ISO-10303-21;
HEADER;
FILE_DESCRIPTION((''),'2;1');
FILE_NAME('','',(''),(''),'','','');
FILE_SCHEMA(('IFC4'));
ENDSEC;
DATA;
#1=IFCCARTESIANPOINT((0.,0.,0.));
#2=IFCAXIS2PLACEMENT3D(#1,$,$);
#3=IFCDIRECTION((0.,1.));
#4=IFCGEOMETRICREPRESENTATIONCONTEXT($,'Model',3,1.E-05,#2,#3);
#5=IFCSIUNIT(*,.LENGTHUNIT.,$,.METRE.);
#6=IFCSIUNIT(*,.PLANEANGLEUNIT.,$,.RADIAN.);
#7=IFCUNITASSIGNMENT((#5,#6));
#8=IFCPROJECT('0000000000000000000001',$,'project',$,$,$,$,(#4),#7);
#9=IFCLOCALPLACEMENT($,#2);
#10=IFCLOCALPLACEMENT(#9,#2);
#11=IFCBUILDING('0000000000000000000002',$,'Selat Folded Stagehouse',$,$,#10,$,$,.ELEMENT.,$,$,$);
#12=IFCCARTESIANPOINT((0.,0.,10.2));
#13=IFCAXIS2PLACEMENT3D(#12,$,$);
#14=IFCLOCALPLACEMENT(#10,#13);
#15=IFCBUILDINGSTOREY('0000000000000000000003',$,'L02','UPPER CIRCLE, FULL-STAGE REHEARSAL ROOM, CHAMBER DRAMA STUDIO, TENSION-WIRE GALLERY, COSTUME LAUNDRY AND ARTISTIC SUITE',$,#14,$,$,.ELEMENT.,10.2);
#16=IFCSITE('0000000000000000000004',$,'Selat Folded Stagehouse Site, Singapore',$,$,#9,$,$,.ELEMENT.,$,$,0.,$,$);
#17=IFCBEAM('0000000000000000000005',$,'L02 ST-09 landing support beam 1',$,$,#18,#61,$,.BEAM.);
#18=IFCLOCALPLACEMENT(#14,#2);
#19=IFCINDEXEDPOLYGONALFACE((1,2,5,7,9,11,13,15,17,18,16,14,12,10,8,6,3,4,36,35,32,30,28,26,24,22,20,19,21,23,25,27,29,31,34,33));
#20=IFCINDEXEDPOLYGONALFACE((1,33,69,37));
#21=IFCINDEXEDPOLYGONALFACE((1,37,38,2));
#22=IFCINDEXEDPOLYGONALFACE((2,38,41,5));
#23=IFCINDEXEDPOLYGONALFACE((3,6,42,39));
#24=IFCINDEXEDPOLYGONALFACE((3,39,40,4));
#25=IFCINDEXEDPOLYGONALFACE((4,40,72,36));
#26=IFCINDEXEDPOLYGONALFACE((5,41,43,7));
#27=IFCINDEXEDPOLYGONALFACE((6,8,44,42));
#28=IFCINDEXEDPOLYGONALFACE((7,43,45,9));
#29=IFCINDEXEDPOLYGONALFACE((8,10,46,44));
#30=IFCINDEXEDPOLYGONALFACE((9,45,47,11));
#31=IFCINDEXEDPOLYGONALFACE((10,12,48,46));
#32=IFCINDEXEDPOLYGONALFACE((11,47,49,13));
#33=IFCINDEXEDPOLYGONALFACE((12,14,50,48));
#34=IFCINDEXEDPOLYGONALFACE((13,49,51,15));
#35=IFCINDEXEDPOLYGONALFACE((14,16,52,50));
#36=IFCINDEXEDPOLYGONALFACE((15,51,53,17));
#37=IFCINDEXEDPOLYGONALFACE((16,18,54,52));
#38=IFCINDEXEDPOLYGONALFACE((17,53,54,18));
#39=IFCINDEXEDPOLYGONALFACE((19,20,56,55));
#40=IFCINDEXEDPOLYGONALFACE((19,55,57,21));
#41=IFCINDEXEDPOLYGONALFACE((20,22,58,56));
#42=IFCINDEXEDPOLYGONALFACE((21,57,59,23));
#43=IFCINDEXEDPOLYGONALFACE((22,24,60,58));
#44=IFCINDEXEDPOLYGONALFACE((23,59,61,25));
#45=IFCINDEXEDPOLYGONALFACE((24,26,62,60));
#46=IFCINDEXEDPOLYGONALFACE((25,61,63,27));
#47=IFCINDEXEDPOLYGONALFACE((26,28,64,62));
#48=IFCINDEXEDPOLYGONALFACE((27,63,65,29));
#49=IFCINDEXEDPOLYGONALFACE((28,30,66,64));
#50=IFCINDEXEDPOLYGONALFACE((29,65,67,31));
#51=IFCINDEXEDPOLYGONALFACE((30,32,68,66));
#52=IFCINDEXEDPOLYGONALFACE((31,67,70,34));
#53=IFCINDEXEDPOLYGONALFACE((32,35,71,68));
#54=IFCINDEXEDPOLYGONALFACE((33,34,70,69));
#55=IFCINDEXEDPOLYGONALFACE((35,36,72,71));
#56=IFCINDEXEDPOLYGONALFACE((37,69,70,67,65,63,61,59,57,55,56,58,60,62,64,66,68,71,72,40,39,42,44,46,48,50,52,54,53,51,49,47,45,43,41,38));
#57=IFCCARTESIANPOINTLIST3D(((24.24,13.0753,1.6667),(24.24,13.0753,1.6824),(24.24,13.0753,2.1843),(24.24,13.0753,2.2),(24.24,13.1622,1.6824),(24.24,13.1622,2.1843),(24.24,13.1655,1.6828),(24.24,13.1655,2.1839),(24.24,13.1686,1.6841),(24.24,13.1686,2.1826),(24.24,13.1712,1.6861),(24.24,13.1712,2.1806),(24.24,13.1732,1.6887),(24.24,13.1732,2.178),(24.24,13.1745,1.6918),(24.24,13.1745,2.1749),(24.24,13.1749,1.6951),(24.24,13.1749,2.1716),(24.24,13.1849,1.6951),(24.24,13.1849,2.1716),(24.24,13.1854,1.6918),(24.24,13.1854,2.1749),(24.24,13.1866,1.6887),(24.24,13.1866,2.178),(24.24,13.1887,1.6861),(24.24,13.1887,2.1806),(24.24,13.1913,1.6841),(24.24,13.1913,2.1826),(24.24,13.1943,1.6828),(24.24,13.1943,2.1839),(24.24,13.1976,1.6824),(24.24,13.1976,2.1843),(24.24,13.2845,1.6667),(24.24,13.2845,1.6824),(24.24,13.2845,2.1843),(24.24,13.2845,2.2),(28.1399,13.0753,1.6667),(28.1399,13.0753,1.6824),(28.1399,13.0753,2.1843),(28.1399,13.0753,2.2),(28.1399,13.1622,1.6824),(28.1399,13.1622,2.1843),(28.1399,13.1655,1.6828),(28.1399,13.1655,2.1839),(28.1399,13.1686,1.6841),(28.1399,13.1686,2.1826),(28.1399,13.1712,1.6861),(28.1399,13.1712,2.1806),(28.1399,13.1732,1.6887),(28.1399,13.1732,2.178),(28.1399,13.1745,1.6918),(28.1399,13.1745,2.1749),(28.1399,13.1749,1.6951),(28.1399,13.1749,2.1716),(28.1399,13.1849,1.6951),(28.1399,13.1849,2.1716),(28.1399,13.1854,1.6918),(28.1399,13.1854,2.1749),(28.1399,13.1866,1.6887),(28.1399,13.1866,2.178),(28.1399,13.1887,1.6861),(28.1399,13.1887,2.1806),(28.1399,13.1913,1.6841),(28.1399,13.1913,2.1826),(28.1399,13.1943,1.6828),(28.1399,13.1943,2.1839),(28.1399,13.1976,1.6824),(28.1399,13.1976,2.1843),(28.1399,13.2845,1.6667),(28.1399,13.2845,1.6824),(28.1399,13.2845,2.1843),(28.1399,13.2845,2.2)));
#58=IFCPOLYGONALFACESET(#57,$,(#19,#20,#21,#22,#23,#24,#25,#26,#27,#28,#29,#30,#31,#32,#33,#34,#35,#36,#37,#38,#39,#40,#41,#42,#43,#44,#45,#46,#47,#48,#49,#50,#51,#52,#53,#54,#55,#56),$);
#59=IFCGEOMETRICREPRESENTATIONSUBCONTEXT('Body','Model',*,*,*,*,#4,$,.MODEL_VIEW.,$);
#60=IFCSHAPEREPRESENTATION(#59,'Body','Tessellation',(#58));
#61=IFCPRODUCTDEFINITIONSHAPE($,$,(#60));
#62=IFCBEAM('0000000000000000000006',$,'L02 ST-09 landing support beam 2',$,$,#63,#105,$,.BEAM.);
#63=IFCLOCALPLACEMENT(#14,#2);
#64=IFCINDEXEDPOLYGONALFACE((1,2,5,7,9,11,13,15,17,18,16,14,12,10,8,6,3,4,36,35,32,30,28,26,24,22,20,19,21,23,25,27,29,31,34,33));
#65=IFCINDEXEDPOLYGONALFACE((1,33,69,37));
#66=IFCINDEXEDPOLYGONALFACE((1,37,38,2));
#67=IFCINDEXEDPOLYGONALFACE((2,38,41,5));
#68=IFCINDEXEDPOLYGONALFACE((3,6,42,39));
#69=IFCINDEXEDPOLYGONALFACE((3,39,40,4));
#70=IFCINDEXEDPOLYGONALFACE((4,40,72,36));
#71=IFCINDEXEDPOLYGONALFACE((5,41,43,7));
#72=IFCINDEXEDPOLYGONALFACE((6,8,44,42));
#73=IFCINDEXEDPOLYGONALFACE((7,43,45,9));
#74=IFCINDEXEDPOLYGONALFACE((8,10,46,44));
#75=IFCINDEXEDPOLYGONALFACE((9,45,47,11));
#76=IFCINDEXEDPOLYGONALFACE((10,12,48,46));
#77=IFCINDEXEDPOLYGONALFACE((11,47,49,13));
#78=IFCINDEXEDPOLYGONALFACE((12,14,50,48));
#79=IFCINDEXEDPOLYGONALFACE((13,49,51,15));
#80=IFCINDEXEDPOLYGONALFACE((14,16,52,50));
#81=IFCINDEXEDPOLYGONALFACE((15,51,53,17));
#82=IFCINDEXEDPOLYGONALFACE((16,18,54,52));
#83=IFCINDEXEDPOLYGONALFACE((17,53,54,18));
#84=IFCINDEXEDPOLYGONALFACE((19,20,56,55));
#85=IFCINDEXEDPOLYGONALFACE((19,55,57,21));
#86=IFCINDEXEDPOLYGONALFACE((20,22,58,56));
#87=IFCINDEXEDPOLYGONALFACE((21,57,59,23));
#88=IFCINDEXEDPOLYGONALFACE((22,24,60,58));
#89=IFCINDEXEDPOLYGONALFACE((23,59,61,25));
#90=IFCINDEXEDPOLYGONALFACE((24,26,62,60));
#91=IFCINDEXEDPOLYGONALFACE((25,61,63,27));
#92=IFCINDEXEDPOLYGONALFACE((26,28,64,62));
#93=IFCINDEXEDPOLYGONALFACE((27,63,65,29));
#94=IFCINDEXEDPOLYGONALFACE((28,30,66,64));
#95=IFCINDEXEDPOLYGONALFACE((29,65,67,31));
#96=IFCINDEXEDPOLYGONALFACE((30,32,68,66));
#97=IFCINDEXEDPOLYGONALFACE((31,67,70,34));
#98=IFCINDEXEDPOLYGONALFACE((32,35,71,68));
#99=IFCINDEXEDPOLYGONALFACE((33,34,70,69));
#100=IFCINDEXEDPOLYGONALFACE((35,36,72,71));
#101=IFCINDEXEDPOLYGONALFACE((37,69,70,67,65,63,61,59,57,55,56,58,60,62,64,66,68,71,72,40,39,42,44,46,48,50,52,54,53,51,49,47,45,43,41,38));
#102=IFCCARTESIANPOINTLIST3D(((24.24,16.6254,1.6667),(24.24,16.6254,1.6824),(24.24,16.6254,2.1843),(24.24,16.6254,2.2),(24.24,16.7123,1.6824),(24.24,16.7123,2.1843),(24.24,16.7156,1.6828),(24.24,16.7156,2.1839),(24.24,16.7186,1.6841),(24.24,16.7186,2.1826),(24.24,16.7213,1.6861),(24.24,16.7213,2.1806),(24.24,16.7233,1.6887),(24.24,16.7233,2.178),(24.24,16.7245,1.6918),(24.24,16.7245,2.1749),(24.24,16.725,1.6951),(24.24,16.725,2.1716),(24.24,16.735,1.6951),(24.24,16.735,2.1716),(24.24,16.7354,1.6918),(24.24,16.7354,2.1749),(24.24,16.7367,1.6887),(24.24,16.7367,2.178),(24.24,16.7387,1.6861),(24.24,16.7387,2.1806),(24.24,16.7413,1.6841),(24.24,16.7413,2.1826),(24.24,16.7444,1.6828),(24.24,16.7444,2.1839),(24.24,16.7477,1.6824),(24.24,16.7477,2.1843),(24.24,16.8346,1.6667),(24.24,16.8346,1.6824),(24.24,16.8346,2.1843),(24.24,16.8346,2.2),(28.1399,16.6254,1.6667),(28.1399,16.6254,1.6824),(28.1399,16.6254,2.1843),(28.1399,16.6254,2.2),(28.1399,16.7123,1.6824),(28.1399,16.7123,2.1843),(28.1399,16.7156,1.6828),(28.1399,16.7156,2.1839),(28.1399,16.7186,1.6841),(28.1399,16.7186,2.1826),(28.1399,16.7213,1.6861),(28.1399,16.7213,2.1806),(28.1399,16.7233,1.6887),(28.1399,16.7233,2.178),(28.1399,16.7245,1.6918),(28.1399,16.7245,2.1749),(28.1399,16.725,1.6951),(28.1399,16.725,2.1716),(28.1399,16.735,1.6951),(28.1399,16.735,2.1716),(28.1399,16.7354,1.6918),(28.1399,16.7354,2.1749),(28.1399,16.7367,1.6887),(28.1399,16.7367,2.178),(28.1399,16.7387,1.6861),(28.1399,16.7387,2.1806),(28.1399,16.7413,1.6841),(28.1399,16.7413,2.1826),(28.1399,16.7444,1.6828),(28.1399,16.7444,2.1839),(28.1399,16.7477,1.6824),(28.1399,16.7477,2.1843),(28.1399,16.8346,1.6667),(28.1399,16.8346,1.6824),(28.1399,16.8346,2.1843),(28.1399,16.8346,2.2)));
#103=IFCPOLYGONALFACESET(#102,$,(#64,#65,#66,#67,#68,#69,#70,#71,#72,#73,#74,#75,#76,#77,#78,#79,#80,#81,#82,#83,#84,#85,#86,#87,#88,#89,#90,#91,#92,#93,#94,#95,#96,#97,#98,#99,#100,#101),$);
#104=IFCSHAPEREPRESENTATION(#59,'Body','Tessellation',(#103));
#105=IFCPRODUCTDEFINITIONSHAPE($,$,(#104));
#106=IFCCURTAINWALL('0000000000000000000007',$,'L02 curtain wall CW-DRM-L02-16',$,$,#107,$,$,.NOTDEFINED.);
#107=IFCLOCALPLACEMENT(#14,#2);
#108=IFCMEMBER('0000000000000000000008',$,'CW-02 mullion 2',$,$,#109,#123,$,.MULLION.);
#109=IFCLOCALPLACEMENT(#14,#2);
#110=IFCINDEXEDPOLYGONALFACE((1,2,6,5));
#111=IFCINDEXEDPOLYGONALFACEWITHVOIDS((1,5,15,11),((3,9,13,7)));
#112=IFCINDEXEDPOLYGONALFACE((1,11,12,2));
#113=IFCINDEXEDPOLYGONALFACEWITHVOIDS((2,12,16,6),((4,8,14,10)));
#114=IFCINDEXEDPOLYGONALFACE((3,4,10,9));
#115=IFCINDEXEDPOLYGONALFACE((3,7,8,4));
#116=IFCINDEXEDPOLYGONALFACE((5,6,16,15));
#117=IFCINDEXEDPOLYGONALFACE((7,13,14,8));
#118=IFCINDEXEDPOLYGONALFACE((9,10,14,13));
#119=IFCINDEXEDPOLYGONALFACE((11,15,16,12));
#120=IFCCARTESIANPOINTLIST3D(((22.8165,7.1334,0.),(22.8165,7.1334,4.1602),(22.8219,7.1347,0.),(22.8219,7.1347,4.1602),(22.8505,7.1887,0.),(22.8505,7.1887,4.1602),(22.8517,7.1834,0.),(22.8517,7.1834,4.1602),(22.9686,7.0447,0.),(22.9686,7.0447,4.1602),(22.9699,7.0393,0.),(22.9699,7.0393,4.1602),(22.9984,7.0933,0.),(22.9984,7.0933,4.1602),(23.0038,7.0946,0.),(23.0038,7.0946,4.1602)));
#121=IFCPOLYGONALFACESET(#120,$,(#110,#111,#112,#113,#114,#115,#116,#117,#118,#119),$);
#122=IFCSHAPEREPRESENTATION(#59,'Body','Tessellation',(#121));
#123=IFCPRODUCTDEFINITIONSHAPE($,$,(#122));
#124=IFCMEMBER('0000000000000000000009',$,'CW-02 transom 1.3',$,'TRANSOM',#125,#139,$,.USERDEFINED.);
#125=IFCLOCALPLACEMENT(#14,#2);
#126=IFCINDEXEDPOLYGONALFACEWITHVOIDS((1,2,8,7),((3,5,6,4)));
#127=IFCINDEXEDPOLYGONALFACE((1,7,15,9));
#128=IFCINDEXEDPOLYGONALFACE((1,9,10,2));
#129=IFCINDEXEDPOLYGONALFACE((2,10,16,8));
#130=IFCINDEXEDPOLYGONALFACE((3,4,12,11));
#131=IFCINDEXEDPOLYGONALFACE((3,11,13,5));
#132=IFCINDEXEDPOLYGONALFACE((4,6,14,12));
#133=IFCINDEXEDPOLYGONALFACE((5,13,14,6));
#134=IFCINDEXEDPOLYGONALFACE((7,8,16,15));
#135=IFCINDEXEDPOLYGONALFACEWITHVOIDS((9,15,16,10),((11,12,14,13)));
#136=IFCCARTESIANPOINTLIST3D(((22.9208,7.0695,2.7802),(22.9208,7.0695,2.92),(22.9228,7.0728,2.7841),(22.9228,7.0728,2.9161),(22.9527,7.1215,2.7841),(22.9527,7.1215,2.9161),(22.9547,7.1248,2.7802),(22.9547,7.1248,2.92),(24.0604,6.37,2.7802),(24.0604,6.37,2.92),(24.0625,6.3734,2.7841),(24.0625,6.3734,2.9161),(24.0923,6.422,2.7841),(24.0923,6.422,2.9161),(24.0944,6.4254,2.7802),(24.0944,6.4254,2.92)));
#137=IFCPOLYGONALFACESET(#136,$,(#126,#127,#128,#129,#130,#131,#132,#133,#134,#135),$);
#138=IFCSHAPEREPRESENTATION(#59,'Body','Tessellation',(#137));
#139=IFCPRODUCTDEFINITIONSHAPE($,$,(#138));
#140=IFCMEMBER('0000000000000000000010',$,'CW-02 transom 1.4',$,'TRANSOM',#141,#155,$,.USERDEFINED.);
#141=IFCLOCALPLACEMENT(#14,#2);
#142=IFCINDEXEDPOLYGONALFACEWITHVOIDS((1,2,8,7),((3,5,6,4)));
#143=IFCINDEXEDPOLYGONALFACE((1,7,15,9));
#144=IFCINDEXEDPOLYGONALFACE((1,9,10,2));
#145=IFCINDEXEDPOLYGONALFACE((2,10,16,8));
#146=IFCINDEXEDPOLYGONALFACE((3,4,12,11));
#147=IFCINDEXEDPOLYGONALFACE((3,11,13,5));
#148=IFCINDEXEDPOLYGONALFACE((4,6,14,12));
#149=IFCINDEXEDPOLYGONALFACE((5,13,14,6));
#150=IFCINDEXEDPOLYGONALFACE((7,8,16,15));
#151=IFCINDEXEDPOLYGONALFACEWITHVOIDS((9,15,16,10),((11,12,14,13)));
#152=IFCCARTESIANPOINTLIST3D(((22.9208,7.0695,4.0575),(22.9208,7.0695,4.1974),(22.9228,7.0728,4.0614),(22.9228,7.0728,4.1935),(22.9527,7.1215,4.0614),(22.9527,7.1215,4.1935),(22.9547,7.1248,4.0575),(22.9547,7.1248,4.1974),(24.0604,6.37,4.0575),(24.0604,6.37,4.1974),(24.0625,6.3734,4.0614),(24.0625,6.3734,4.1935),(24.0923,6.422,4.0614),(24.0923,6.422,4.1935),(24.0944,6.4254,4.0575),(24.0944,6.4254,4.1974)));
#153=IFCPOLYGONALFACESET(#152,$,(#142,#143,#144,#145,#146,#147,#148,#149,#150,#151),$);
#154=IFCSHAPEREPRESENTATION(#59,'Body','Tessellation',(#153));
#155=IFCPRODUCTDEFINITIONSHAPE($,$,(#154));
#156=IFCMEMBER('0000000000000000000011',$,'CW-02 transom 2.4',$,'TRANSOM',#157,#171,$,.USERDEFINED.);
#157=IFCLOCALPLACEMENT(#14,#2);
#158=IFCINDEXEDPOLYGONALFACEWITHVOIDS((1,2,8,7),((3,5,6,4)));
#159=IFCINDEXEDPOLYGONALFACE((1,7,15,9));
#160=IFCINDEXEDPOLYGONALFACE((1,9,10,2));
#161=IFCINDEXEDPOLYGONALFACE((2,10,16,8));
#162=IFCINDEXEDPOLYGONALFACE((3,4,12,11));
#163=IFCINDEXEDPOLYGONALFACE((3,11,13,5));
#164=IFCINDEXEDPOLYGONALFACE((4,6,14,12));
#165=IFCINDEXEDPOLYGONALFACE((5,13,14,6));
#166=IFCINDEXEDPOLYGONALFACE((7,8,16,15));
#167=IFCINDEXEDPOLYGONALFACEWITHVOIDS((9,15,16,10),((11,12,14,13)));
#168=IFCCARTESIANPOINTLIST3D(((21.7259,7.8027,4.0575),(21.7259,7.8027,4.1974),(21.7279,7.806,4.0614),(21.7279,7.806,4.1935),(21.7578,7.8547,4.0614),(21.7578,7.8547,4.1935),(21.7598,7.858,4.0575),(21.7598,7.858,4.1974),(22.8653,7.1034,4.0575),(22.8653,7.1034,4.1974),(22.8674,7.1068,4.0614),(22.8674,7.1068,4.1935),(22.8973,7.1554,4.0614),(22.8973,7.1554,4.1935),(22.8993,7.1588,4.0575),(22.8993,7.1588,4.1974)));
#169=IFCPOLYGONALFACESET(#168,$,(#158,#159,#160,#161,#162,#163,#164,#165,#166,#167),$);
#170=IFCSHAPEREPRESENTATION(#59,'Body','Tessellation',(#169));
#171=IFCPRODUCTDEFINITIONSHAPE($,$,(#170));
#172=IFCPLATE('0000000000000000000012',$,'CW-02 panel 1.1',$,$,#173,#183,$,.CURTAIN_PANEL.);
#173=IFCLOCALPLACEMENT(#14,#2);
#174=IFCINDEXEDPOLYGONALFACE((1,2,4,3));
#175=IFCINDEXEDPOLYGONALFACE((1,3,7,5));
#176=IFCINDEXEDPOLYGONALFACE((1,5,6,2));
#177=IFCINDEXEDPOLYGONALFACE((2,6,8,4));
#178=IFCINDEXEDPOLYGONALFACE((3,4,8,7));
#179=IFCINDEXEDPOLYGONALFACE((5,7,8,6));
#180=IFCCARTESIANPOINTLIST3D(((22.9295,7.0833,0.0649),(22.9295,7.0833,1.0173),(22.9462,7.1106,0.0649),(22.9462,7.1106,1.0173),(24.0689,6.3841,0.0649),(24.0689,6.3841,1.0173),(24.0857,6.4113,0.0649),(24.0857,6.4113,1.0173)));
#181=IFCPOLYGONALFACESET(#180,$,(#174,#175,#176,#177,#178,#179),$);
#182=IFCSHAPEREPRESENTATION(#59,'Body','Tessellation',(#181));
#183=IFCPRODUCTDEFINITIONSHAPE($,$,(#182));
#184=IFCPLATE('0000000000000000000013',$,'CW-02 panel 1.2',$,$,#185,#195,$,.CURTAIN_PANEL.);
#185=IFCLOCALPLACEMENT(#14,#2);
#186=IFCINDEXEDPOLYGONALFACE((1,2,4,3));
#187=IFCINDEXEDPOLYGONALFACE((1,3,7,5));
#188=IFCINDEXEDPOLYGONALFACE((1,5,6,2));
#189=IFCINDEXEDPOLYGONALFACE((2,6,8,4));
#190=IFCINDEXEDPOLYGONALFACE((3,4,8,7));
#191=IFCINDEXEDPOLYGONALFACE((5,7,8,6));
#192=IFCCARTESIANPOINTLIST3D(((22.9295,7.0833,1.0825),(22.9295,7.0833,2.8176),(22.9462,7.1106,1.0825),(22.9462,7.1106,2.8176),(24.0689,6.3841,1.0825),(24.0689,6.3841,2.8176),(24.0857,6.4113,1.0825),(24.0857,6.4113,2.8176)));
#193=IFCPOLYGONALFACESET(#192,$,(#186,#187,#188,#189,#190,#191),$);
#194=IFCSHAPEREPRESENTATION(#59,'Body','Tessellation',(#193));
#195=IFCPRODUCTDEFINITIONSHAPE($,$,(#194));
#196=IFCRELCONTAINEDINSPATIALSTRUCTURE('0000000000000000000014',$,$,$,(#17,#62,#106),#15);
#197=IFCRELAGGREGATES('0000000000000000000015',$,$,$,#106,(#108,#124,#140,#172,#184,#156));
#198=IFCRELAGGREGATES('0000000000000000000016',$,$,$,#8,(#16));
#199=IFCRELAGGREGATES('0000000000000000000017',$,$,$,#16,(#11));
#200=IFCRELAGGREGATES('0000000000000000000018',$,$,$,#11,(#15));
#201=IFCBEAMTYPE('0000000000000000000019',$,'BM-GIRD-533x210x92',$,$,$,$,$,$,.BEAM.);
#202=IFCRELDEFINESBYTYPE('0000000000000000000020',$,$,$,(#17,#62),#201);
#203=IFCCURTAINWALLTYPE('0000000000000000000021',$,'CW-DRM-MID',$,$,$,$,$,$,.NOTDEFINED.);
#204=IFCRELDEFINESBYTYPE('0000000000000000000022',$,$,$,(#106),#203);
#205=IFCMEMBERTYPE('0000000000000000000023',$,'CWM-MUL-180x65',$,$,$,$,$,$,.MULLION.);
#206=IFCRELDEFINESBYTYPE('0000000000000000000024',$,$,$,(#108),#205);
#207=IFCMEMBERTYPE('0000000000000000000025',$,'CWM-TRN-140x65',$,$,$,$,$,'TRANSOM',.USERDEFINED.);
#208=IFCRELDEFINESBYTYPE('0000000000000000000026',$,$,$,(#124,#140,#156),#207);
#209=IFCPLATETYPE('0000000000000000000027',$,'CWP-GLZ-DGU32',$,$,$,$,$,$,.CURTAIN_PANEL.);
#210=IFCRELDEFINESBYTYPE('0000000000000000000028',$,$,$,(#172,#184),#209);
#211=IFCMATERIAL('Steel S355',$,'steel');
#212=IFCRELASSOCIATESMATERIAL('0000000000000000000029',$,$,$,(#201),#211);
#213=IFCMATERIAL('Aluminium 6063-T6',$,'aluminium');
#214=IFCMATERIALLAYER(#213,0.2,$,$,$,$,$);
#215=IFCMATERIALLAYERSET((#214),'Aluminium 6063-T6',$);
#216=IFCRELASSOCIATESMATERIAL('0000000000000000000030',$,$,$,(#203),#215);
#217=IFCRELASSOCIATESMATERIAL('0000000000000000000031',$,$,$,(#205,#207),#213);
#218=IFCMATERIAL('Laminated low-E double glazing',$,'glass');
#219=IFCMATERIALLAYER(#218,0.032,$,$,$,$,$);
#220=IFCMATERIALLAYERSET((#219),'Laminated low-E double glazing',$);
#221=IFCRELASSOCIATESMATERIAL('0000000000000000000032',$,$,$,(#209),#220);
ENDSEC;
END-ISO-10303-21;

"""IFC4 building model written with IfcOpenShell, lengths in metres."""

from ifc_helpers import new_model, si_unit, direction, frame, origin, origin_2d, place, context, subcontext, project, spatial, rectangle, hollow_rectangle, i_section, extrude, material, layer, layer_set, material_profile, profile_set, type_object, element, aggregate, save


model = new_model("IFC4")

# Units and contexts
model_context = context("Model", 3, precision=1e-05, world=origin(), true_north=direction((0.0, 1.0)))
body_context = subcontext(model_context, "Body", "Model", "MODEL_VIEW")
ifc_project = project(units=[si_unit("LENGTHUNIT", "METRE"), si_unit("PLANEANGLEUNIT", "RADIAN")], contexts=[model_context])

# Site, building, storey
site_placement = place(None, origin())
site = spatial("IfcSite", under=ifc_project, at=site_placement, Name="Selat Folded Stagehouse Site, Singapore", CompositionType="ELEMENT", RefElevation=0.0)
building_placement = place(site_placement, origin())
building = spatial("IfcBuilding", under=site, at=building_placement, Name="Selat Folded Stagehouse", CompositionType="ELEMENT")
storey_placement = place(building_placement, frame((0.0, 0.0, 10.2)))
storey = spatial("IfcBuildingStorey", under=building, at=storey_placement, Name="L02", Description="UPPER CIRCLE, FULL-STAGE REHEARSAL ROOM, CHAMBER DRAMA STUDIO, TENSION-WIRE GALLERY, COSTUME LAUNDRY AND ARTISTIC SUITE", CompositionType="ELEMENT", Elevation=10.2)

# Beams
ifc_material_1 = material(Name="Steel S355", Category="steel")
ifc_material_profile_1 = material_profile(ifc_material_1, i_section(OverallWidth=0.2092, OverallDepth=0.5332, WebThickness=0.01, FlangeThickness=0.0156, FilletRadius=0.0127, at=origin_2d()), Name="UKB 533x210x92")
ifc_profile_set_1 = profile_set([ifc_material_profile_1], Name="Steel S355")
beam_type = type_object("IfcBeamType", Name="BM-GIRD-533x210x92", PredefinedType="BEAM", material=ifc_profile_set_1)
for number, where, z_axis, x_axis, name in (
    (1, (24.24, 13.1799, 1.9333), (1.0, 0.0, 0.0), (0.0, 1.0, 0.0), "L02 ST-09 landing support beam 1"),
    (2, (24.24, 16.73, 1.9333), (1.0, 0.0, 0.0), (0.0, 1.0, 0.0), "L02 ST-09 landing support beam 2"),
):
    element("IfcBeam", number, at=place(storey_placement, frame(where, z_axis=z_axis, x_axis=x_axis)), inside=storey, type_object=beam_type, Name=name, PredefinedType="BEAM", context=body_context, shape_type="SweptSolid", body=[
        extrude(i_section(OverallWidth=0.2092, OverallDepth=0.5332, WebThickness=0.01, FlangeThickness=0.0156, FilletRadius=0.0127, at=origin_2d()), origin(), (0.0, 0.0, 1.0), 3.8999),
    ])

# Curtain wall, members, plates
ifc_material_2 = material(Name="Aluminium 6063-T6", Category="aluminium")
ifc_layer_1 = layer(ifc_material_2, 0.2)
ifc_layer_set_1 = layer_set([ifc_layer_1], Name="Aluminium 6063-T6")
curtain_wall_type = type_object("IfcCurtainWallType", Name="CW-DRM-MID", PredefinedType="NOTDEFINED", material=ifc_layer_set_1)
curtain_wall_placement = place(storey_placement, origin())
curtain_wall = element("IfcCurtainWall", 3, at=curtain_wall_placement, inside=storey, type_object=curtain_wall_type, Name="L02 curtain wall CW-DRM-L02-16", PredefinedType="NOTDEFINED")
ifc_material_profile_2 = material_profile(ifc_material_2, hollow_rectangle(XDim=0.0649, YDim=0.1799, WallThickness=0.0039, at=origin_2d()), Name="ALU 180x65x4.0")
ifc_profile_set_2 = profile_set([ifc_material_profile_2], Name="Aluminium 6063-T6")
member_type_1 = type_object("IfcMemberType", Name="CWM-MUL-180x65", PredefinedType="MULLION", material=ifc_profile_set_2)
member_1_placement = place(storey_placement, frame((22.9102, 7.114, 0.0), z_axis=(0.0, 0.0, 1.0), x_axis=(-0.523025, -0.852317, 0.0)))
member_1 = element("IfcMember", 4, at=member_1_placement, type_object=member_type_1, Name="CW-02 mullion 2", PredefinedType="MULLION", context=body_context, shape_type="SweptSolid", body=[
    extrude(hollow_rectangle(XDim=0.0649, YDim=0.1799, WallThickness=0.0039, at=origin_2d()), origin(), (0.0, 0.0, 1.0), 4.1602),
])
ifc_material_profile_3 = material_profile(ifc_material_2, hollow_rectangle(XDim=0.0649, YDim=0.1399, WallThickness=0.0039, at=origin_2d()), Name="ALU 140x65x4.0")
ifc_profile_set_3 = profile_set([ifc_material_profile_3], Name="Aluminium 6063-T6")
member_type_2 = type_object("IfcMemberType", Name="CWM-TRN-140x65", ElementType="TRANSOM", PredefinedType="USERDEFINED", material=ifc_profile_set_3)
member_2_placement = place(storey_placement, frame((24.0774, 6.3977, 2.8501), z_axis=(-0.852278, 0.523089, 0.0), x_axis=(-0.523089, -0.852278, 0.0)))
member_2 = element("IfcMember", 5, at=member_2_placement, type_object=member_type_2, Name="CW-02 transom 1.3", ObjectType="TRANSOM", PredefinedType="USERDEFINED", context=body_context, shape_type="SweptSolid", body=[
    extrude(hollow_rectangle(XDim=0.0649, YDim=0.1399, WallThickness=0.0039, at=origin_2d()), origin(), (0.0, 0.0, 1.0), 1.3372),
])
member_3_placement = place(storey_placement, frame((24.0774, 6.3977, 4.1274), z_axis=(-0.852278, 0.523089, 0.0), x_axis=(-0.523089, -0.852278, 0.0)))
member_3 = element("IfcMember", 6, at=member_3_placement, type_object=member_type_2, Name="CW-02 transom 1.4", ObjectType="TRANSOM", PredefinedType="USERDEFINED", context=body_context, shape_type="SweptSolid", body=[
    extrude(hollow_rectangle(XDim=0.0649, YDim=0.1399, WallThickness=0.0039, at=origin_2d()), origin(), (0.0, 0.0, 1.0), 1.3372),
])
member_4_placement = place(storey_placement, frame((22.8823, 7.1311, 4.1274), z_axis=(-0.85231, 0.523037, 0.0), x_axis=(-0.523037, -0.85231, 0.0)))
member_4 = element("IfcMember", 7, at=member_4_placement, type_object=member_type_2, Name="CW-02 transom 2.4", ObjectType="TRANSOM", PredefinedType="USERDEFINED", context=body_context, shape_type="SweptSolid", body=[
    extrude(hollow_rectangle(XDim=0.0649, YDim=0.1399, WallThickness=0.0039, at=origin_2d()), origin(), (0.0, 0.0, 1.0), 1.3369),
])
ifc_material_3 = material(Name="Laminated low-E double glazing", Category="glass")
ifc_layer_2 = layer(ifc_material_3, 0.032)
ifc_layer_set_2 = layer_set([ifc_layer_2], Name="Laminated low-E double glazing")
plate_type = type_object("IfcPlateType", Name="CWP-GLZ-DGU32", PredefinedType="CURTAIN_PANEL", material=ifc_layer_set_2)
plate_1_placement = place(storey_placement, frame((23.5076, 6.7473, 0.0649), z_axis=(0.0, 0.0, 1.0), x_axis=(-0.852317, 0.523025, 0.0)))
plate_1 = element("IfcPlate", 8, at=plate_1_placement, type_object=plate_type, Name="CW-02 panel 1.1", PredefinedType="CURTAIN_PANEL", context=body_context, shape_type="SweptSolid", body=[
    extrude(rectangle(XDim=1.3369, YDim=0.032, at=origin_2d()), origin(), (0.0, 0.0, 1.0), 0.9524),
])
plate_2_placement = place(storey_placement, frame((23.5076, 6.7473, 1.0825), z_axis=(0.0, 0.0, 1.0), x_axis=(-0.852317, 0.523025, 0.0)))
plate_2 = element("IfcPlate", 9, at=plate_2_placement, type_object=plate_type, Name="CW-02 panel 1.2", PredefinedType="CURTAIN_PANEL", context=body_context, shape_type="SweptSolid", body=[
    extrude(rectangle(XDim=1.3369, YDim=0.032, at=origin_2d()), origin(), (0.0, 0.0, 1.0), 1.7351),
])
aggregate(curtain_wall, [member_1, member_2, member_3, plate_1, plate_2, member_4])

save(model, "model.ifc")
